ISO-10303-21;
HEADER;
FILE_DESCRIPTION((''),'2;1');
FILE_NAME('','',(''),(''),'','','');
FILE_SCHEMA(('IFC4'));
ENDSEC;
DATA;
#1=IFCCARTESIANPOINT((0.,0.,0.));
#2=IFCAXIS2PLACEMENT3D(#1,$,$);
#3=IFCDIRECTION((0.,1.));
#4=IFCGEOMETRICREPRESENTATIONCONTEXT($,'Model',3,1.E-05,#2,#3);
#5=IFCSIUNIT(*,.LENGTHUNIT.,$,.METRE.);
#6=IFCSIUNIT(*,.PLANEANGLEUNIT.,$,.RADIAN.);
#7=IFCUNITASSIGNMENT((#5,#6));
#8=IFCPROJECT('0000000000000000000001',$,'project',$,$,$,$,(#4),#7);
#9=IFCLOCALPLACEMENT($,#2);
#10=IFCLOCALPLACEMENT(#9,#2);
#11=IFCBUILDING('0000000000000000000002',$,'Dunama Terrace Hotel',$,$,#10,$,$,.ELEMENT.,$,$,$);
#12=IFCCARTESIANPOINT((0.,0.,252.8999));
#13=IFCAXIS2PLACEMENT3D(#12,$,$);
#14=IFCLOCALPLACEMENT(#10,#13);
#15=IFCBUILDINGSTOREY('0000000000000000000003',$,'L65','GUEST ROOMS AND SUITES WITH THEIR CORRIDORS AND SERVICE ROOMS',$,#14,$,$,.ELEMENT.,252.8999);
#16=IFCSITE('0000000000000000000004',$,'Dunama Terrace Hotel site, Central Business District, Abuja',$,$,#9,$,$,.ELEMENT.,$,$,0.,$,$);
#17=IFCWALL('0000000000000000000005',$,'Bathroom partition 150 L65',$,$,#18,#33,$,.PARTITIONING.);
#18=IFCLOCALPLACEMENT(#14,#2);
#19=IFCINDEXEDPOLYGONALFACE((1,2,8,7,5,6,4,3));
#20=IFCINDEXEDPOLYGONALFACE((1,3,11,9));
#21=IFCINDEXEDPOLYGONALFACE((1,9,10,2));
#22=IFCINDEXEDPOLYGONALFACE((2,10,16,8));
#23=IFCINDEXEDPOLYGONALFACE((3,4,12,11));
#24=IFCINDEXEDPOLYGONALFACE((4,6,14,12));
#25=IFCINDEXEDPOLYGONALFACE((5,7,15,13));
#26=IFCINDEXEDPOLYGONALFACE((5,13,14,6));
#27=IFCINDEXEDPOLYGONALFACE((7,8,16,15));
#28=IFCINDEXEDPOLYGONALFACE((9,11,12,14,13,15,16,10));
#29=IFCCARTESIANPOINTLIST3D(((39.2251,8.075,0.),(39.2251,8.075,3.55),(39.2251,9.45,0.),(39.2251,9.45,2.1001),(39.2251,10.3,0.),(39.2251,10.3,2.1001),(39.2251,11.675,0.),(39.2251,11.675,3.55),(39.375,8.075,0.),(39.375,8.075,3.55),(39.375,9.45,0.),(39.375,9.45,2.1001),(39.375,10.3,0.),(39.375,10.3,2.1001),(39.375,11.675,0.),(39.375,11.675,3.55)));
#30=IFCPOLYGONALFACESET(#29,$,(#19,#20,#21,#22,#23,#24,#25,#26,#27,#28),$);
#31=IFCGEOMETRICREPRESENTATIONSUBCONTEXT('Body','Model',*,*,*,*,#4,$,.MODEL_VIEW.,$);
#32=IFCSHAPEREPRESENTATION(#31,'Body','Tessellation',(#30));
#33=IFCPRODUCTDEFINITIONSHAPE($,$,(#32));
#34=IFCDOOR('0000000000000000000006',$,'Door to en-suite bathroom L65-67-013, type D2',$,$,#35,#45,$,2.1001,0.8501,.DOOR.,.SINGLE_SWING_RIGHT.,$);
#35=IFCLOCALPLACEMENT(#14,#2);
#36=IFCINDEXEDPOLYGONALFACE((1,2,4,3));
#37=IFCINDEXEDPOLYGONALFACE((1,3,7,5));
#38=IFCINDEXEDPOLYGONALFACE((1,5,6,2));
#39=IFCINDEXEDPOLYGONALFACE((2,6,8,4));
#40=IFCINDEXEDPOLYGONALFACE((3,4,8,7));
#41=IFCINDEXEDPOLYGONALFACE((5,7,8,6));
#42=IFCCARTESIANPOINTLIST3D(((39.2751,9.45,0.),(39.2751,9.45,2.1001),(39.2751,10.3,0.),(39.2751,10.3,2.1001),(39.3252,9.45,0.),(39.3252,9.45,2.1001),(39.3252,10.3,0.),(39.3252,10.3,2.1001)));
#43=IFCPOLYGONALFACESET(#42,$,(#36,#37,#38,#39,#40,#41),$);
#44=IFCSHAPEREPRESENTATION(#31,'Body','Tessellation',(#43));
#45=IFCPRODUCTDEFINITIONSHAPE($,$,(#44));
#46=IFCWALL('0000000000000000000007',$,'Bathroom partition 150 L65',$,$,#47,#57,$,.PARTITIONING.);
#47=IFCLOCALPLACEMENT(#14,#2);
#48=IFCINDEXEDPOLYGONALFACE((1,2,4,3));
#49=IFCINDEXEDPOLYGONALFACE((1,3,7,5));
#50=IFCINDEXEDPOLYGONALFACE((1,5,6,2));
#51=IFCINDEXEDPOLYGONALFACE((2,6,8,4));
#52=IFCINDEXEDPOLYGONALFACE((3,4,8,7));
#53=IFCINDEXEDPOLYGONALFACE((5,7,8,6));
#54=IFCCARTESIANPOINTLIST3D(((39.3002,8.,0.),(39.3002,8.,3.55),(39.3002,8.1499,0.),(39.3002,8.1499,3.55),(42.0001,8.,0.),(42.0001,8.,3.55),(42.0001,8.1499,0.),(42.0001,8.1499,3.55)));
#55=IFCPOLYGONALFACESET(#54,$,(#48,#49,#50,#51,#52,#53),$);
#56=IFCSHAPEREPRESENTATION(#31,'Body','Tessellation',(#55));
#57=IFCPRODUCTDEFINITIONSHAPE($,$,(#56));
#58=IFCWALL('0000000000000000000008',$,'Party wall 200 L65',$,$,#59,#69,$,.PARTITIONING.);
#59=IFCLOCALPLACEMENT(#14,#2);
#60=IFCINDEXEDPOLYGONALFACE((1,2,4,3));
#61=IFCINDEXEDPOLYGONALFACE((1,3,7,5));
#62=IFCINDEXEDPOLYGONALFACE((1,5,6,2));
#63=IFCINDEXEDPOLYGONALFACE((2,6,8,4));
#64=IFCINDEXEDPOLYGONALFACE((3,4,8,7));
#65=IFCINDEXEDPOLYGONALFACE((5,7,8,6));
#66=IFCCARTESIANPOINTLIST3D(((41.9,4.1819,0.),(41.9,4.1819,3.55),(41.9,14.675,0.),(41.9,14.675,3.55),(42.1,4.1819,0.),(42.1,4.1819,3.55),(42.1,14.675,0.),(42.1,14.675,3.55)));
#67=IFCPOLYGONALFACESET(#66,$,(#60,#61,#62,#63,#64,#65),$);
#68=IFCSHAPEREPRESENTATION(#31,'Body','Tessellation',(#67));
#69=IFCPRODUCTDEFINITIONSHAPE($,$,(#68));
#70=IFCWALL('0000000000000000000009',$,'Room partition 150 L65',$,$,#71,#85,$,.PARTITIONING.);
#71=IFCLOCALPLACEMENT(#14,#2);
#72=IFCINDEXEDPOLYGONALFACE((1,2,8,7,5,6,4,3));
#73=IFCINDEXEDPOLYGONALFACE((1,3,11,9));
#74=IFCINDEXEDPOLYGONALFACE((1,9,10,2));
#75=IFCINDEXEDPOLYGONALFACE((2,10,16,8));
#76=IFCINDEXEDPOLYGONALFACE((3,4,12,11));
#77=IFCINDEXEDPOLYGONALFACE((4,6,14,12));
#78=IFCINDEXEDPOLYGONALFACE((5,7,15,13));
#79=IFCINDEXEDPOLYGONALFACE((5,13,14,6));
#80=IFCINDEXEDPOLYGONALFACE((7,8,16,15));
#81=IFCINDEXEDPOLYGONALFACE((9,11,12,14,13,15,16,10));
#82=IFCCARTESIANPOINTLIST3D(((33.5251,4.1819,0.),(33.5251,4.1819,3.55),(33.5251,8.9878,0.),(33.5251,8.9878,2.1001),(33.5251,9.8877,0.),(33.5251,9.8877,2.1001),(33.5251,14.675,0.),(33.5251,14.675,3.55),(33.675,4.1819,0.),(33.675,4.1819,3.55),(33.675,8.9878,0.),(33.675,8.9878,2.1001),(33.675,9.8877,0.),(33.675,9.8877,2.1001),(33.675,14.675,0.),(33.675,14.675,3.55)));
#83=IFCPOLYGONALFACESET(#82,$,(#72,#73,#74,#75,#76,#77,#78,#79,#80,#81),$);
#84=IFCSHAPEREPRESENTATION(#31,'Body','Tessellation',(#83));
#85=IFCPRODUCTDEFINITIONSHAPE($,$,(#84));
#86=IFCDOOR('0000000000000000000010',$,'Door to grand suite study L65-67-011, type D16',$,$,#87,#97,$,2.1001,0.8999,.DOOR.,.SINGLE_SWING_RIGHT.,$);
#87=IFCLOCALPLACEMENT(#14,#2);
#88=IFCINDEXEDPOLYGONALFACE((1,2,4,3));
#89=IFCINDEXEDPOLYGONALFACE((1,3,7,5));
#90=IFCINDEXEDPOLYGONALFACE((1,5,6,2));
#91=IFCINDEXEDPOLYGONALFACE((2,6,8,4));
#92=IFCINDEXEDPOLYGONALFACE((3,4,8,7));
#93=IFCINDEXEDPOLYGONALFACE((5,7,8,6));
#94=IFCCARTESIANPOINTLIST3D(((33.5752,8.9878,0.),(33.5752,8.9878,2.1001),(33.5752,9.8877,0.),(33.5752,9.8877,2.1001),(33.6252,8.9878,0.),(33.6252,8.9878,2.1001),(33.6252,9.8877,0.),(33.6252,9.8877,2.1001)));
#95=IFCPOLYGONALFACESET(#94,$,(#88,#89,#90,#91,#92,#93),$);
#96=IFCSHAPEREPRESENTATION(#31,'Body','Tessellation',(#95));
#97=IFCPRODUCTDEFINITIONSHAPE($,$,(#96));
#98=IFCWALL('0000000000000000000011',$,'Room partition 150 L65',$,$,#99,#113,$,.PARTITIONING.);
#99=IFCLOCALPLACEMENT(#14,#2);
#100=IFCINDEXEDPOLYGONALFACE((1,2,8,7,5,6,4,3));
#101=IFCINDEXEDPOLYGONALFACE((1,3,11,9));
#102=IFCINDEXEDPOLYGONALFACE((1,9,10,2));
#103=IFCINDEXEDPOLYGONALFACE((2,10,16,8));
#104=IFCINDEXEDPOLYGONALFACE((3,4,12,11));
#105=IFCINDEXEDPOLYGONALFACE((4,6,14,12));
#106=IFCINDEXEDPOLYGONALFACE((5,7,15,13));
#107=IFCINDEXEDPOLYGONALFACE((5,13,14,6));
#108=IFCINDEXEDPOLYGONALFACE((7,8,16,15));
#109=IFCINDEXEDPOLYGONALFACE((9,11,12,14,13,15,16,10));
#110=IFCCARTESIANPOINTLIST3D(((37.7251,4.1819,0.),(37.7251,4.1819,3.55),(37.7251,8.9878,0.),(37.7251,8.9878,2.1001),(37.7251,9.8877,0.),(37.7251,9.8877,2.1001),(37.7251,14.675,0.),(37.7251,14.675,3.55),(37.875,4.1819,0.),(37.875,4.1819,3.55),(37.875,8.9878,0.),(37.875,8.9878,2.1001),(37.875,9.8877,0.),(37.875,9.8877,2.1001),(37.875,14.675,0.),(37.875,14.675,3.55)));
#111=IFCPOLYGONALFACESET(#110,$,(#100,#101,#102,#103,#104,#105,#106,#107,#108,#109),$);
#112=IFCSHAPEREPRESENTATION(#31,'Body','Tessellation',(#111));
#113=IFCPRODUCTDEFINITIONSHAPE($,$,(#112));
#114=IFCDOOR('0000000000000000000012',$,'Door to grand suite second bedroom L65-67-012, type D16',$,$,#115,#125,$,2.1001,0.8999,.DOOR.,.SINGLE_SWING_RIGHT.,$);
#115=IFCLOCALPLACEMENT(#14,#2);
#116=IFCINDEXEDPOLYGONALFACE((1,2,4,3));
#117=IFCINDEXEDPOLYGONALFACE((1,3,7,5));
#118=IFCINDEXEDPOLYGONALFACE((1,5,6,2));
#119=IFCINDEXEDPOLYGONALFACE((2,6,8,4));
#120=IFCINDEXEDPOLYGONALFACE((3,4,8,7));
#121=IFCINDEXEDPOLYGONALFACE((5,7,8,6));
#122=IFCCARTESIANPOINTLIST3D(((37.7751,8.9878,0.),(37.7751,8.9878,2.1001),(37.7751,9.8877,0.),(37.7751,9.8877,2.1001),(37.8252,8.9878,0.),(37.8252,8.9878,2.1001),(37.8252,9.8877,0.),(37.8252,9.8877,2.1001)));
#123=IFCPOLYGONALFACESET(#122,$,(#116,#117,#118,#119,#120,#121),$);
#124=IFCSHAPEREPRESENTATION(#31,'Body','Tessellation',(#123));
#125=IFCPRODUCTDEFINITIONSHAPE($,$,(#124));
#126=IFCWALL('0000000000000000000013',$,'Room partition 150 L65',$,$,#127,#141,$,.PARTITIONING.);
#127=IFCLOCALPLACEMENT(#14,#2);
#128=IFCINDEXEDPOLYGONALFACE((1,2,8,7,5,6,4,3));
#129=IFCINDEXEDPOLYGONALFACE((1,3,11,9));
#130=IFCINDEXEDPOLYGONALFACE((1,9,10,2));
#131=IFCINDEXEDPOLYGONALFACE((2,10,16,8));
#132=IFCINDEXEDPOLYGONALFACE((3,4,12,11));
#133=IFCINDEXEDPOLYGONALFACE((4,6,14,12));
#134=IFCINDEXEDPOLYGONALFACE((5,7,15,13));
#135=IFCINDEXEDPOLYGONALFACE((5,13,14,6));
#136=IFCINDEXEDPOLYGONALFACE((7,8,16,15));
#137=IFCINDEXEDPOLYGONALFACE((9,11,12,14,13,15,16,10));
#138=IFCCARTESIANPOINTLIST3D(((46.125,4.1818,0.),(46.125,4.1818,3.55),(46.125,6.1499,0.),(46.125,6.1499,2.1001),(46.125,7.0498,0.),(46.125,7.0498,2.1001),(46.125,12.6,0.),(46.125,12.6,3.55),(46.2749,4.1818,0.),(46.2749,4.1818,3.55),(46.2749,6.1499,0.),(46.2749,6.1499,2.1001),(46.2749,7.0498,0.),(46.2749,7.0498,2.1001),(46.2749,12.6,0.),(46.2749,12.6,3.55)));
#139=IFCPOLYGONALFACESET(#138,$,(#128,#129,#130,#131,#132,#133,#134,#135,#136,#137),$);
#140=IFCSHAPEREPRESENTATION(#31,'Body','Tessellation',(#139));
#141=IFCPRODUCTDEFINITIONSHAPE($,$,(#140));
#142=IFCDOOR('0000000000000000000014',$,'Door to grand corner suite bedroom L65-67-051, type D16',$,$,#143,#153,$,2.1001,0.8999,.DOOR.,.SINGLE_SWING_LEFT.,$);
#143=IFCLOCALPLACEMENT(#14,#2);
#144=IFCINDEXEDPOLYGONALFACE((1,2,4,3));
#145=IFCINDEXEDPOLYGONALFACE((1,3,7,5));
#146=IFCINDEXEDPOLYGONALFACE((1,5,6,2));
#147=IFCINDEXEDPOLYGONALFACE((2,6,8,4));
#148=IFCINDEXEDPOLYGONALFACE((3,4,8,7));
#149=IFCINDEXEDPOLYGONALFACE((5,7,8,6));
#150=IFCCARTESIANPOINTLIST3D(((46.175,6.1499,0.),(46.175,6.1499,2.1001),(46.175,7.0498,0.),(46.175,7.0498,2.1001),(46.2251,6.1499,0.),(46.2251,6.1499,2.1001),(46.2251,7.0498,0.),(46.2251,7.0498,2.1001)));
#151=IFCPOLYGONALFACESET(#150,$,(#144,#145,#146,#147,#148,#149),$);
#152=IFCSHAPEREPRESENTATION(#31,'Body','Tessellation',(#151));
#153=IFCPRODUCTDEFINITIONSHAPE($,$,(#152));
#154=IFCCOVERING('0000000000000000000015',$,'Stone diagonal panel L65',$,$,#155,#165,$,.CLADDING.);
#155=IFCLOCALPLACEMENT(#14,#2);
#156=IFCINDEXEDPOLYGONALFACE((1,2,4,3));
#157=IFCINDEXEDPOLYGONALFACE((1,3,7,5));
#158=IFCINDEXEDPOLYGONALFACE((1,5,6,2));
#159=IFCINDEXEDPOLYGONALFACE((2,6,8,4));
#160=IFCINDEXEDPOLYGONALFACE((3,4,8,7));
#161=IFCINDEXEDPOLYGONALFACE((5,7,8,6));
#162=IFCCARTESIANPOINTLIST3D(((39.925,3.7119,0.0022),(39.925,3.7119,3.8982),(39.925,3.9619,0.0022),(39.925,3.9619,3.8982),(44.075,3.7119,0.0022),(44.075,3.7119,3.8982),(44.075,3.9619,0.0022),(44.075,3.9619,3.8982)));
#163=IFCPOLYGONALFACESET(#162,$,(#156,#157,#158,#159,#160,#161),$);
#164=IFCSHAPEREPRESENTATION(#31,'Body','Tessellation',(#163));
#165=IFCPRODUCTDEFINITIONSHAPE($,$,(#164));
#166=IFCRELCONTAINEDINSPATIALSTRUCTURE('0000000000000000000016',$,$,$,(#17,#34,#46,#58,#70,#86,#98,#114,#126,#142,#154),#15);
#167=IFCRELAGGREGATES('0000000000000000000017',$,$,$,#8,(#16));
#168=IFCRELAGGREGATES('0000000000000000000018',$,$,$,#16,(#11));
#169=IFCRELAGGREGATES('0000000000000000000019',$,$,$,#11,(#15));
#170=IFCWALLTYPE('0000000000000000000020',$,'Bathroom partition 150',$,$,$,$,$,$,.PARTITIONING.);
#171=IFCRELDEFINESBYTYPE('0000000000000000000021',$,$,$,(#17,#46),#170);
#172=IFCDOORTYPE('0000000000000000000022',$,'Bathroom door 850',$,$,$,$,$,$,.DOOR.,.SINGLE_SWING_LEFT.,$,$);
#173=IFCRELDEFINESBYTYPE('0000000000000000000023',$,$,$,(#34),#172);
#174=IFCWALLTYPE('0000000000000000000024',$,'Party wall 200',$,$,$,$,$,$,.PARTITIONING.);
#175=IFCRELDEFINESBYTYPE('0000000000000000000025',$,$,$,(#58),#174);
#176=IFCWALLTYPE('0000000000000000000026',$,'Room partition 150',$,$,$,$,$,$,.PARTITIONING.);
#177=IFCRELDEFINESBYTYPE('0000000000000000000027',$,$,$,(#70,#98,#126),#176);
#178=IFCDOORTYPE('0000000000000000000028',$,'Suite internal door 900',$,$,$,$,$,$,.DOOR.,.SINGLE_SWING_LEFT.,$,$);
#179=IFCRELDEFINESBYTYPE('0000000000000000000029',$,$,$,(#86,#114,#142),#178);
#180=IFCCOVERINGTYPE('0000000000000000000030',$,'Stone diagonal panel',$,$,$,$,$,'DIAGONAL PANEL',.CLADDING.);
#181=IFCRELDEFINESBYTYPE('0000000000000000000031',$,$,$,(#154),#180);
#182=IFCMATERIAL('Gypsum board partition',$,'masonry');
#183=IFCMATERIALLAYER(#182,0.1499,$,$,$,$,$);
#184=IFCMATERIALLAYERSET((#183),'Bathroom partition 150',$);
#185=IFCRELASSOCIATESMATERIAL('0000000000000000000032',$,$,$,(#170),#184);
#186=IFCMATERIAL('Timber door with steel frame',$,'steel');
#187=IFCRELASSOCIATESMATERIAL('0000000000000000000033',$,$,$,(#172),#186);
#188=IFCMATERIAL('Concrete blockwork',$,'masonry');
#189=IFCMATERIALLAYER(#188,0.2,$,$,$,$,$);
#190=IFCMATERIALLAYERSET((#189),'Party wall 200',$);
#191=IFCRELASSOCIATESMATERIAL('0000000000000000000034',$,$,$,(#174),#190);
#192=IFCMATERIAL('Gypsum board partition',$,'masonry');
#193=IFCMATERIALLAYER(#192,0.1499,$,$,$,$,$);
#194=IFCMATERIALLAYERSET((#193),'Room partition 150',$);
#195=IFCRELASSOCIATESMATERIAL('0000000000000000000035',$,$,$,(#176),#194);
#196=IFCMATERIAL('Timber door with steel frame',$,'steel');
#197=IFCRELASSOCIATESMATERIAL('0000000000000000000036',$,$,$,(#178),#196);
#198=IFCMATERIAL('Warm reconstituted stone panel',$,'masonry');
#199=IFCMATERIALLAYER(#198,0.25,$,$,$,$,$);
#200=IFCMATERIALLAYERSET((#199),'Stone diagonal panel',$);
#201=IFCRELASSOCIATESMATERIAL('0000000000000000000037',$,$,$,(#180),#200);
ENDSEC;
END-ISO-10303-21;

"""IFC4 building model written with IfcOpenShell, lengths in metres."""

from ifc_helpers import new_model, si_unit, direction, frame, frame_2d, origin, origin_2d, place, context, subcontext, project, spatial, rectangle, extrude, material, layer, layer_set, type_object, element, fill, save


model = new_model("IFC4")

# Units and contexts
model_context = context("Model", 3, precision=1e-05, world=origin(), true_north=direction((0.0, 1.0)))
body_context = subcontext(model_context, "Body", "Model", "MODEL_VIEW")
ifc_project = project(units=[si_unit("LENGTHUNIT", "METRE"), si_unit("PLANEANGLEUNIT", "RADIAN")], contexts=[model_context])

# Site, building, storey
site_placement = place(None, origin())
site = spatial("IfcSite", under=ifc_project, at=site_placement, Name="Dunama Terrace Hotel site, Central Business District, Abuja", CompositionType="ELEMENT", RefElevation=0.0)
building_placement = place(site_placement, origin())
building = spatial("IfcBuilding", under=site, at=building_placement, Name="Dunama Terrace Hotel", CompositionType="ELEMENT")
storey_placement = place(building_placement, frame((0.0, 0.0, 252.8999)))
storey = spatial("IfcBuildingStorey", under=building, at=storey_placement, Name="L65", Description="GUEST ROOMS AND SUITES WITH THEIR CORRIDORS AND SERVICE ROOMS", CompositionType="ELEMENT", Elevation=252.8999)

# Wall, opening, door
ifc_material_1 = material(Name="Gypsum board partition", Category="masonry")
ifc_layer_1 = layer(ifc_material_1, 0.1499)
ifc_layer_set_1 = layer_set([ifc_layer_1], Name="Bathroom partition 150")
wall_type_1 = type_object("IfcWallType", Name="Bathroom partition 150", PredefinedType="PARTITIONING", material=ifc_layer_set_1)
wall_1_placement = place(storey_placement, frame((39.3, 8.075, 0.0), z_axis=(0.0, 0.0, 1.0), x_axis=(0.0, 1.0, 0.0)))
wall_1 = element("IfcWall", 1, at=wall_1_placement, inside=storey, type_object=wall_type_1, Name="Bathroom partition 150 L65", PredefinedType="PARTITIONING", context=body_context, shape_type="SweptSolid", body=[
    extrude(rectangle(XDim=3.6001, YDim=0.1499, at=frame_2d((1.8, 0.0))), origin(), (0.0, 0.0, 1.0), 3.55),
])
opening_1_placement = place(wall_1_placement, frame((1.375, 0.0, 0.0)))
opening_1 = element("IfcOpeningElement", 2, at=opening_1_placement, cuts=wall_1, PredefinedType="OPENING", context=body_context, shape_type="SweptSolid", body=[
    extrude(rectangle(XDim=0.8501, YDim=2.1001, at=frame_2d((0.425, 1.05))), frame((0.0, 0.085, 0.0), z_axis=(0.0, -1.0, 0.0), x_axis=(1.0, 0.0, 0.0)), (0.0, 0.0, 1.0), 0.1699),
])
ifc_material_2 = material(Name="Timber door with steel frame", Category="steel")
door_type_1 = type_object("IfcDoorType", Name="Bathroom door 850", OperationType="SINGLE_SWING_LEFT", PredefinedType="DOOR", material=ifc_material_2)
door_1_placement = place(opening_1_placement, frame((0.8501, 0.0, 0.0), z_axis=(0.0, 0.0, 1.0), x_axis=(-1.0, 0.0, 0.0)))
door_1 = element("IfcDoor", 3, at=door_1_placement, inside=storey, type_object=door_type_1, Name="Door to en-suite bathroom L65-67-013, type D2", OperationType="SINGLE_SWING_RIGHT", OverallHeight=2.1001, OverallWidth=0.8501, PredefinedType="DOOR", context=body_context, shape_type="SweptSolid", body=[
    extrude(rectangle(XDim=0.8501, YDim=2.1001, at=frame_2d((0.425, 1.05))), frame((0.0, 0.0251, 0.0), z_axis=(0.0, -1.0, 0.0), x_axis=(1.0, 0.0, 0.0)), (0.0, 0.0, 1.0), 0.05),
])
fill(opening_1, door_1)

# Walls
wall_2_placement = place(storey_placement, frame((39.3, 8.075, 0.0), z_axis=(0.0, 0.0, 1.0), x_axis=(1.0, 0.0, 0.0)))
element("IfcWall", 4, at=wall_2_placement, inside=storey, type_object=wall_type_1, Name="Bathroom partition 150 L65", PredefinedType="PARTITIONING", context=body_context, shape_type="SweptSolid", body=[
    extrude(rectangle(XDim=2.7, YDim=0.1499, at=frame_2d((1.3501, 0.0))), origin(), (0.0, 0.0, 1.0), 3.55),
])
ifc_material_3 = material(Name="Concrete blockwork", Category="masonry")
ifc_layer_2 = layer(ifc_material_3, 0.2)
ifc_layer_set_2 = layer_set([ifc_layer_2], Name="Party wall 200")
wall_type_2 = type_object("IfcWallType", Name="Party wall 200", PredefinedType="PARTITIONING", material=ifc_layer_set_2)
wall_3_placement = place(storey_placement, frame((42.0, 4.1819, 0.0), z_axis=(0.0, 0.0, 1.0), x_axis=(0.0, 1.0, 0.0)))
element("IfcWall", 5, at=wall_3_placement, inside=storey, type_object=wall_type_2, Name="Party wall 200 L65", PredefinedType="PARTITIONING", context=body_context, shape_type="SweptSolid", body=[
    extrude(rectangle(XDim=10.4932, YDim=0.2, at=frame_2d((5.2466, 0.0))), origin(), (0.0, 0.0, 1.0), 3.55),
])

# Walls, openings, doors
ifc_material_4 = material(Name="Gypsum board partition", Category="masonry")
ifc_layer_3 = layer(ifc_material_4, 0.1499)
ifc_layer_set_3 = layer_set([ifc_layer_3], Name="Room partition 150")
wall_type_3 = type_object("IfcWallType", Name="Room partition 150", PredefinedType="PARTITIONING", material=ifc_layer_set_3)
wall_4_placement = place(storey_placement, frame((33.6001, 4.1819, 0.0), z_axis=(0.0, 0.0, 1.0), x_axis=(0.0, 1.0, 0.0)))
wall_4 = element("IfcWall", 6, at=wall_4_placement, inside=storey, type_object=wall_type_3, Name="Room partition 150 L65", PredefinedType="PARTITIONING", context=body_context, shape_type="SweptSolid", body=[
    extrude(rectangle(XDim=10.4932, YDim=0.1499, at=frame_2d((5.2466, 0.0))), origin(), (0.0, 0.0, 1.0), 3.55),
])
opening_2_placement = place(wall_4_placement, frame((4.8059, 0.0, 0.0)))
opening_2 = element("IfcOpeningElement", 7, at=opening_2_placement, cuts=wall_4, PredefinedType="OPENING", context=body_context, shape_type="SweptSolid", body=[
    extrude(rectangle(XDim=0.8999, YDim=2.1001, at=frame_2d((0.45, 1.05))), frame((0.0, 0.085, 0.0), z_axis=(0.0, -1.0, 0.0), x_axis=(1.0, 0.0, 0.0)), (0.0, 0.0, 1.0), 0.1699),
])
ifc_material_5 = material(Name="Timber door with steel frame", Category="steel")
door_type_2 = type_object("IfcDoorType", Name="Suite internal door 900", OperationType="SINGLE_SWING_LEFT", PredefinedType="DOOR", material=ifc_material_5)
door_2_placement = place(opening_2_placement, origin())
door_2 = element("IfcDoor", 8, at=door_2_placement, inside=storey, type_object=door_type_2, Name="Door to grand suite study L65-67-011, type D16", OperationType="SINGLE_SWING_RIGHT", OverallHeight=2.1001, OverallWidth=0.8999, PredefinedType="DOOR", context=body_context, shape_type="SweptSolid", body=[
    extrude(rectangle(XDim=0.8999, YDim=2.1001, at=frame_2d((0.45, 1.05))), frame((0.0, 0.0249, 0.0), z_axis=(0.0, -1.0, 0.0), x_axis=(1.0, 0.0, 0.0)), (0.0, 0.0, 1.0), 0.05),
])
fill(opening_2, door_2)
wall_5_placement = place(storey_placement, frame((37.8, 4.1819, 0.0), z_axis=(0.0, 0.0, 1.0), x_axis=(0.0, 1.0, 0.0)))
wall_5 = element("IfcWall", 9, at=wall_5_placement, inside=storey, type_object=wall_type_3, Name="Room partition 150 L65", PredefinedType="PARTITIONING", context=body_context, shape_type="SweptSolid", body=[
    extrude(rectangle(XDim=10.4932, YDim=0.1499, at=frame_2d((5.2466, 0.0))), origin(), (0.0, 0.0, 1.0), 3.55),
])
opening_3_placement = place(wall_5_placement, frame((4.8059, 0.0, 0.0)))
opening_3 = element("IfcOpeningElement", 10, at=opening_3_placement, cuts=wall_5, PredefinedType="OPENING", context=body_context, shape_type="SweptSolid", body=[
    extrude(rectangle(XDim=0.8999, YDim=2.1001, at=frame_2d((0.45, 1.05))), frame((0.0, 0.085, 0.0), z_axis=(0.0, -1.0, 0.0), x_axis=(1.0, 0.0, 0.0)), (0.0, 0.0, 1.0), 0.1699),
])
door_3_placement = place(opening_3_placement, frame((0.8999, 0.0, 0.0), z_axis=(0.0, 0.0, 1.0), x_axis=(-1.0, 0.0, 0.0)))
door_3 = element("IfcDoor", 11, at=door_3_placement, inside=storey, type_object=door_type_2, Name="Door to grand suite second bedroom L65-67-012, type D16", OperationType="SINGLE_SWING_RIGHT", OverallHeight=2.1001, OverallWidth=0.8999, PredefinedType="DOOR", context=body_context, shape_type="SweptSolid", body=[
    extrude(rectangle(XDim=0.8999, YDim=2.1001, at=frame_2d((0.45, 1.05))), frame((0.0, 0.0251, 0.0), z_axis=(0.0, -1.0, 0.0), x_axis=(1.0, 0.0, 0.0)), (0.0, 0.0, 1.0), 0.05),
])
fill(opening_3, door_3)
wall_6_placement = place(storey_placement, frame((46.2, 4.1819, 0.0), z_axis=(0.0, 0.0, 1.0), x_axis=(0.0, 1.0, 0.0)))
wall_6 = element("IfcWall", 12, at=wall_6_placement, inside=storey, type_object=wall_type_3, Name="Room partition 150 L65", PredefinedType="PARTITIONING", context=body_context, shape_type="SweptSolid", body=[
    extrude(rectangle(XDim=8.4182, YDim=0.1499, at=frame_2d((4.209, 0.0))), origin(), (0.0, 0.0, 1.0), 3.55),
])
opening_4_placement = place(wall_6_placement, frame((1.968, 0.0, 0.0)))
opening_4 = element("IfcOpeningElement", 13, at=opening_4_placement, cuts=wall_6, PredefinedType="OPENING", context=body_context, shape_type="SweptSolid", body=[
    extrude(rectangle(XDim=0.8999, YDim=2.1001, at=frame_2d((0.45, 1.05))), frame((0.0, 0.085, 0.0), z_axis=(0.0, -1.0, 0.0), x_axis=(1.0, 0.0, 0.0)), (0.0, 0.0, 1.0), 0.1699),
])
door_4_placement = place(opening_4_placement, frame((0.8999, 0.0, 0.0), z_axis=(0.0, 0.0, 1.0), x_axis=(-1.0, 0.0, 0.0)))
door_4 = element("IfcDoor", 14, at=door_4_placement, inside=storey, type_object=door_type_2, Name="Door to grand corner suite bedroom L65-67-051, type D16", OperationType="SINGLE_SWING_LEFT", OverallHeight=2.1001, OverallWidth=0.8999, PredefinedType="DOOR", context=body_context, shape_type="SweptSolid", body=[
    extrude(rectangle(XDim=0.8999, YDim=2.1001, at=frame_2d((0.45, 1.05))), frame((0.0, 0.0251, 0.0), z_axis=(0.0, -1.0, 0.0), x_axis=(1.0, 0.0, 0.0)), (0.0, 0.0, 1.0), 0.05),
])
fill(opening_4, door_4)

# Covering
ifc_material_6 = material(Name="Warm reconstituted stone panel", Category="masonry")
ifc_layer_4 = layer(ifc_material_6, 0.25)
ifc_layer_set_4 = layer_set([ifc_layer_4], Name="Stone diagonal panel")
covering_type = type_object("IfcCoveringType", Name="Stone diagonal panel", ElementType="DIAGONAL PANEL", PredefinedType="CLADDING", material=ifc_layer_set_4)
covering_placement = place(storey_placement, frame((42.0, 3.8369, 0.0022), z_axis=(0.0, 0.0, 1.0), x_axis=(1.0, 0.0, 0.0)))
element("IfcCovering", 15, at=covering_placement, inside=storey, type_object=covering_type, Name="Stone diagonal panel L65", PredefinedType="CLADDING", context=body_context, shape_type="SweptSolid", body=[
    extrude(rectangle(XDim=4.1499, YDim=0.25, at=origin_2d()), origin(), (0.0, 0.0, 1.0), 3.896),
])

save(model, "model.ifc")
